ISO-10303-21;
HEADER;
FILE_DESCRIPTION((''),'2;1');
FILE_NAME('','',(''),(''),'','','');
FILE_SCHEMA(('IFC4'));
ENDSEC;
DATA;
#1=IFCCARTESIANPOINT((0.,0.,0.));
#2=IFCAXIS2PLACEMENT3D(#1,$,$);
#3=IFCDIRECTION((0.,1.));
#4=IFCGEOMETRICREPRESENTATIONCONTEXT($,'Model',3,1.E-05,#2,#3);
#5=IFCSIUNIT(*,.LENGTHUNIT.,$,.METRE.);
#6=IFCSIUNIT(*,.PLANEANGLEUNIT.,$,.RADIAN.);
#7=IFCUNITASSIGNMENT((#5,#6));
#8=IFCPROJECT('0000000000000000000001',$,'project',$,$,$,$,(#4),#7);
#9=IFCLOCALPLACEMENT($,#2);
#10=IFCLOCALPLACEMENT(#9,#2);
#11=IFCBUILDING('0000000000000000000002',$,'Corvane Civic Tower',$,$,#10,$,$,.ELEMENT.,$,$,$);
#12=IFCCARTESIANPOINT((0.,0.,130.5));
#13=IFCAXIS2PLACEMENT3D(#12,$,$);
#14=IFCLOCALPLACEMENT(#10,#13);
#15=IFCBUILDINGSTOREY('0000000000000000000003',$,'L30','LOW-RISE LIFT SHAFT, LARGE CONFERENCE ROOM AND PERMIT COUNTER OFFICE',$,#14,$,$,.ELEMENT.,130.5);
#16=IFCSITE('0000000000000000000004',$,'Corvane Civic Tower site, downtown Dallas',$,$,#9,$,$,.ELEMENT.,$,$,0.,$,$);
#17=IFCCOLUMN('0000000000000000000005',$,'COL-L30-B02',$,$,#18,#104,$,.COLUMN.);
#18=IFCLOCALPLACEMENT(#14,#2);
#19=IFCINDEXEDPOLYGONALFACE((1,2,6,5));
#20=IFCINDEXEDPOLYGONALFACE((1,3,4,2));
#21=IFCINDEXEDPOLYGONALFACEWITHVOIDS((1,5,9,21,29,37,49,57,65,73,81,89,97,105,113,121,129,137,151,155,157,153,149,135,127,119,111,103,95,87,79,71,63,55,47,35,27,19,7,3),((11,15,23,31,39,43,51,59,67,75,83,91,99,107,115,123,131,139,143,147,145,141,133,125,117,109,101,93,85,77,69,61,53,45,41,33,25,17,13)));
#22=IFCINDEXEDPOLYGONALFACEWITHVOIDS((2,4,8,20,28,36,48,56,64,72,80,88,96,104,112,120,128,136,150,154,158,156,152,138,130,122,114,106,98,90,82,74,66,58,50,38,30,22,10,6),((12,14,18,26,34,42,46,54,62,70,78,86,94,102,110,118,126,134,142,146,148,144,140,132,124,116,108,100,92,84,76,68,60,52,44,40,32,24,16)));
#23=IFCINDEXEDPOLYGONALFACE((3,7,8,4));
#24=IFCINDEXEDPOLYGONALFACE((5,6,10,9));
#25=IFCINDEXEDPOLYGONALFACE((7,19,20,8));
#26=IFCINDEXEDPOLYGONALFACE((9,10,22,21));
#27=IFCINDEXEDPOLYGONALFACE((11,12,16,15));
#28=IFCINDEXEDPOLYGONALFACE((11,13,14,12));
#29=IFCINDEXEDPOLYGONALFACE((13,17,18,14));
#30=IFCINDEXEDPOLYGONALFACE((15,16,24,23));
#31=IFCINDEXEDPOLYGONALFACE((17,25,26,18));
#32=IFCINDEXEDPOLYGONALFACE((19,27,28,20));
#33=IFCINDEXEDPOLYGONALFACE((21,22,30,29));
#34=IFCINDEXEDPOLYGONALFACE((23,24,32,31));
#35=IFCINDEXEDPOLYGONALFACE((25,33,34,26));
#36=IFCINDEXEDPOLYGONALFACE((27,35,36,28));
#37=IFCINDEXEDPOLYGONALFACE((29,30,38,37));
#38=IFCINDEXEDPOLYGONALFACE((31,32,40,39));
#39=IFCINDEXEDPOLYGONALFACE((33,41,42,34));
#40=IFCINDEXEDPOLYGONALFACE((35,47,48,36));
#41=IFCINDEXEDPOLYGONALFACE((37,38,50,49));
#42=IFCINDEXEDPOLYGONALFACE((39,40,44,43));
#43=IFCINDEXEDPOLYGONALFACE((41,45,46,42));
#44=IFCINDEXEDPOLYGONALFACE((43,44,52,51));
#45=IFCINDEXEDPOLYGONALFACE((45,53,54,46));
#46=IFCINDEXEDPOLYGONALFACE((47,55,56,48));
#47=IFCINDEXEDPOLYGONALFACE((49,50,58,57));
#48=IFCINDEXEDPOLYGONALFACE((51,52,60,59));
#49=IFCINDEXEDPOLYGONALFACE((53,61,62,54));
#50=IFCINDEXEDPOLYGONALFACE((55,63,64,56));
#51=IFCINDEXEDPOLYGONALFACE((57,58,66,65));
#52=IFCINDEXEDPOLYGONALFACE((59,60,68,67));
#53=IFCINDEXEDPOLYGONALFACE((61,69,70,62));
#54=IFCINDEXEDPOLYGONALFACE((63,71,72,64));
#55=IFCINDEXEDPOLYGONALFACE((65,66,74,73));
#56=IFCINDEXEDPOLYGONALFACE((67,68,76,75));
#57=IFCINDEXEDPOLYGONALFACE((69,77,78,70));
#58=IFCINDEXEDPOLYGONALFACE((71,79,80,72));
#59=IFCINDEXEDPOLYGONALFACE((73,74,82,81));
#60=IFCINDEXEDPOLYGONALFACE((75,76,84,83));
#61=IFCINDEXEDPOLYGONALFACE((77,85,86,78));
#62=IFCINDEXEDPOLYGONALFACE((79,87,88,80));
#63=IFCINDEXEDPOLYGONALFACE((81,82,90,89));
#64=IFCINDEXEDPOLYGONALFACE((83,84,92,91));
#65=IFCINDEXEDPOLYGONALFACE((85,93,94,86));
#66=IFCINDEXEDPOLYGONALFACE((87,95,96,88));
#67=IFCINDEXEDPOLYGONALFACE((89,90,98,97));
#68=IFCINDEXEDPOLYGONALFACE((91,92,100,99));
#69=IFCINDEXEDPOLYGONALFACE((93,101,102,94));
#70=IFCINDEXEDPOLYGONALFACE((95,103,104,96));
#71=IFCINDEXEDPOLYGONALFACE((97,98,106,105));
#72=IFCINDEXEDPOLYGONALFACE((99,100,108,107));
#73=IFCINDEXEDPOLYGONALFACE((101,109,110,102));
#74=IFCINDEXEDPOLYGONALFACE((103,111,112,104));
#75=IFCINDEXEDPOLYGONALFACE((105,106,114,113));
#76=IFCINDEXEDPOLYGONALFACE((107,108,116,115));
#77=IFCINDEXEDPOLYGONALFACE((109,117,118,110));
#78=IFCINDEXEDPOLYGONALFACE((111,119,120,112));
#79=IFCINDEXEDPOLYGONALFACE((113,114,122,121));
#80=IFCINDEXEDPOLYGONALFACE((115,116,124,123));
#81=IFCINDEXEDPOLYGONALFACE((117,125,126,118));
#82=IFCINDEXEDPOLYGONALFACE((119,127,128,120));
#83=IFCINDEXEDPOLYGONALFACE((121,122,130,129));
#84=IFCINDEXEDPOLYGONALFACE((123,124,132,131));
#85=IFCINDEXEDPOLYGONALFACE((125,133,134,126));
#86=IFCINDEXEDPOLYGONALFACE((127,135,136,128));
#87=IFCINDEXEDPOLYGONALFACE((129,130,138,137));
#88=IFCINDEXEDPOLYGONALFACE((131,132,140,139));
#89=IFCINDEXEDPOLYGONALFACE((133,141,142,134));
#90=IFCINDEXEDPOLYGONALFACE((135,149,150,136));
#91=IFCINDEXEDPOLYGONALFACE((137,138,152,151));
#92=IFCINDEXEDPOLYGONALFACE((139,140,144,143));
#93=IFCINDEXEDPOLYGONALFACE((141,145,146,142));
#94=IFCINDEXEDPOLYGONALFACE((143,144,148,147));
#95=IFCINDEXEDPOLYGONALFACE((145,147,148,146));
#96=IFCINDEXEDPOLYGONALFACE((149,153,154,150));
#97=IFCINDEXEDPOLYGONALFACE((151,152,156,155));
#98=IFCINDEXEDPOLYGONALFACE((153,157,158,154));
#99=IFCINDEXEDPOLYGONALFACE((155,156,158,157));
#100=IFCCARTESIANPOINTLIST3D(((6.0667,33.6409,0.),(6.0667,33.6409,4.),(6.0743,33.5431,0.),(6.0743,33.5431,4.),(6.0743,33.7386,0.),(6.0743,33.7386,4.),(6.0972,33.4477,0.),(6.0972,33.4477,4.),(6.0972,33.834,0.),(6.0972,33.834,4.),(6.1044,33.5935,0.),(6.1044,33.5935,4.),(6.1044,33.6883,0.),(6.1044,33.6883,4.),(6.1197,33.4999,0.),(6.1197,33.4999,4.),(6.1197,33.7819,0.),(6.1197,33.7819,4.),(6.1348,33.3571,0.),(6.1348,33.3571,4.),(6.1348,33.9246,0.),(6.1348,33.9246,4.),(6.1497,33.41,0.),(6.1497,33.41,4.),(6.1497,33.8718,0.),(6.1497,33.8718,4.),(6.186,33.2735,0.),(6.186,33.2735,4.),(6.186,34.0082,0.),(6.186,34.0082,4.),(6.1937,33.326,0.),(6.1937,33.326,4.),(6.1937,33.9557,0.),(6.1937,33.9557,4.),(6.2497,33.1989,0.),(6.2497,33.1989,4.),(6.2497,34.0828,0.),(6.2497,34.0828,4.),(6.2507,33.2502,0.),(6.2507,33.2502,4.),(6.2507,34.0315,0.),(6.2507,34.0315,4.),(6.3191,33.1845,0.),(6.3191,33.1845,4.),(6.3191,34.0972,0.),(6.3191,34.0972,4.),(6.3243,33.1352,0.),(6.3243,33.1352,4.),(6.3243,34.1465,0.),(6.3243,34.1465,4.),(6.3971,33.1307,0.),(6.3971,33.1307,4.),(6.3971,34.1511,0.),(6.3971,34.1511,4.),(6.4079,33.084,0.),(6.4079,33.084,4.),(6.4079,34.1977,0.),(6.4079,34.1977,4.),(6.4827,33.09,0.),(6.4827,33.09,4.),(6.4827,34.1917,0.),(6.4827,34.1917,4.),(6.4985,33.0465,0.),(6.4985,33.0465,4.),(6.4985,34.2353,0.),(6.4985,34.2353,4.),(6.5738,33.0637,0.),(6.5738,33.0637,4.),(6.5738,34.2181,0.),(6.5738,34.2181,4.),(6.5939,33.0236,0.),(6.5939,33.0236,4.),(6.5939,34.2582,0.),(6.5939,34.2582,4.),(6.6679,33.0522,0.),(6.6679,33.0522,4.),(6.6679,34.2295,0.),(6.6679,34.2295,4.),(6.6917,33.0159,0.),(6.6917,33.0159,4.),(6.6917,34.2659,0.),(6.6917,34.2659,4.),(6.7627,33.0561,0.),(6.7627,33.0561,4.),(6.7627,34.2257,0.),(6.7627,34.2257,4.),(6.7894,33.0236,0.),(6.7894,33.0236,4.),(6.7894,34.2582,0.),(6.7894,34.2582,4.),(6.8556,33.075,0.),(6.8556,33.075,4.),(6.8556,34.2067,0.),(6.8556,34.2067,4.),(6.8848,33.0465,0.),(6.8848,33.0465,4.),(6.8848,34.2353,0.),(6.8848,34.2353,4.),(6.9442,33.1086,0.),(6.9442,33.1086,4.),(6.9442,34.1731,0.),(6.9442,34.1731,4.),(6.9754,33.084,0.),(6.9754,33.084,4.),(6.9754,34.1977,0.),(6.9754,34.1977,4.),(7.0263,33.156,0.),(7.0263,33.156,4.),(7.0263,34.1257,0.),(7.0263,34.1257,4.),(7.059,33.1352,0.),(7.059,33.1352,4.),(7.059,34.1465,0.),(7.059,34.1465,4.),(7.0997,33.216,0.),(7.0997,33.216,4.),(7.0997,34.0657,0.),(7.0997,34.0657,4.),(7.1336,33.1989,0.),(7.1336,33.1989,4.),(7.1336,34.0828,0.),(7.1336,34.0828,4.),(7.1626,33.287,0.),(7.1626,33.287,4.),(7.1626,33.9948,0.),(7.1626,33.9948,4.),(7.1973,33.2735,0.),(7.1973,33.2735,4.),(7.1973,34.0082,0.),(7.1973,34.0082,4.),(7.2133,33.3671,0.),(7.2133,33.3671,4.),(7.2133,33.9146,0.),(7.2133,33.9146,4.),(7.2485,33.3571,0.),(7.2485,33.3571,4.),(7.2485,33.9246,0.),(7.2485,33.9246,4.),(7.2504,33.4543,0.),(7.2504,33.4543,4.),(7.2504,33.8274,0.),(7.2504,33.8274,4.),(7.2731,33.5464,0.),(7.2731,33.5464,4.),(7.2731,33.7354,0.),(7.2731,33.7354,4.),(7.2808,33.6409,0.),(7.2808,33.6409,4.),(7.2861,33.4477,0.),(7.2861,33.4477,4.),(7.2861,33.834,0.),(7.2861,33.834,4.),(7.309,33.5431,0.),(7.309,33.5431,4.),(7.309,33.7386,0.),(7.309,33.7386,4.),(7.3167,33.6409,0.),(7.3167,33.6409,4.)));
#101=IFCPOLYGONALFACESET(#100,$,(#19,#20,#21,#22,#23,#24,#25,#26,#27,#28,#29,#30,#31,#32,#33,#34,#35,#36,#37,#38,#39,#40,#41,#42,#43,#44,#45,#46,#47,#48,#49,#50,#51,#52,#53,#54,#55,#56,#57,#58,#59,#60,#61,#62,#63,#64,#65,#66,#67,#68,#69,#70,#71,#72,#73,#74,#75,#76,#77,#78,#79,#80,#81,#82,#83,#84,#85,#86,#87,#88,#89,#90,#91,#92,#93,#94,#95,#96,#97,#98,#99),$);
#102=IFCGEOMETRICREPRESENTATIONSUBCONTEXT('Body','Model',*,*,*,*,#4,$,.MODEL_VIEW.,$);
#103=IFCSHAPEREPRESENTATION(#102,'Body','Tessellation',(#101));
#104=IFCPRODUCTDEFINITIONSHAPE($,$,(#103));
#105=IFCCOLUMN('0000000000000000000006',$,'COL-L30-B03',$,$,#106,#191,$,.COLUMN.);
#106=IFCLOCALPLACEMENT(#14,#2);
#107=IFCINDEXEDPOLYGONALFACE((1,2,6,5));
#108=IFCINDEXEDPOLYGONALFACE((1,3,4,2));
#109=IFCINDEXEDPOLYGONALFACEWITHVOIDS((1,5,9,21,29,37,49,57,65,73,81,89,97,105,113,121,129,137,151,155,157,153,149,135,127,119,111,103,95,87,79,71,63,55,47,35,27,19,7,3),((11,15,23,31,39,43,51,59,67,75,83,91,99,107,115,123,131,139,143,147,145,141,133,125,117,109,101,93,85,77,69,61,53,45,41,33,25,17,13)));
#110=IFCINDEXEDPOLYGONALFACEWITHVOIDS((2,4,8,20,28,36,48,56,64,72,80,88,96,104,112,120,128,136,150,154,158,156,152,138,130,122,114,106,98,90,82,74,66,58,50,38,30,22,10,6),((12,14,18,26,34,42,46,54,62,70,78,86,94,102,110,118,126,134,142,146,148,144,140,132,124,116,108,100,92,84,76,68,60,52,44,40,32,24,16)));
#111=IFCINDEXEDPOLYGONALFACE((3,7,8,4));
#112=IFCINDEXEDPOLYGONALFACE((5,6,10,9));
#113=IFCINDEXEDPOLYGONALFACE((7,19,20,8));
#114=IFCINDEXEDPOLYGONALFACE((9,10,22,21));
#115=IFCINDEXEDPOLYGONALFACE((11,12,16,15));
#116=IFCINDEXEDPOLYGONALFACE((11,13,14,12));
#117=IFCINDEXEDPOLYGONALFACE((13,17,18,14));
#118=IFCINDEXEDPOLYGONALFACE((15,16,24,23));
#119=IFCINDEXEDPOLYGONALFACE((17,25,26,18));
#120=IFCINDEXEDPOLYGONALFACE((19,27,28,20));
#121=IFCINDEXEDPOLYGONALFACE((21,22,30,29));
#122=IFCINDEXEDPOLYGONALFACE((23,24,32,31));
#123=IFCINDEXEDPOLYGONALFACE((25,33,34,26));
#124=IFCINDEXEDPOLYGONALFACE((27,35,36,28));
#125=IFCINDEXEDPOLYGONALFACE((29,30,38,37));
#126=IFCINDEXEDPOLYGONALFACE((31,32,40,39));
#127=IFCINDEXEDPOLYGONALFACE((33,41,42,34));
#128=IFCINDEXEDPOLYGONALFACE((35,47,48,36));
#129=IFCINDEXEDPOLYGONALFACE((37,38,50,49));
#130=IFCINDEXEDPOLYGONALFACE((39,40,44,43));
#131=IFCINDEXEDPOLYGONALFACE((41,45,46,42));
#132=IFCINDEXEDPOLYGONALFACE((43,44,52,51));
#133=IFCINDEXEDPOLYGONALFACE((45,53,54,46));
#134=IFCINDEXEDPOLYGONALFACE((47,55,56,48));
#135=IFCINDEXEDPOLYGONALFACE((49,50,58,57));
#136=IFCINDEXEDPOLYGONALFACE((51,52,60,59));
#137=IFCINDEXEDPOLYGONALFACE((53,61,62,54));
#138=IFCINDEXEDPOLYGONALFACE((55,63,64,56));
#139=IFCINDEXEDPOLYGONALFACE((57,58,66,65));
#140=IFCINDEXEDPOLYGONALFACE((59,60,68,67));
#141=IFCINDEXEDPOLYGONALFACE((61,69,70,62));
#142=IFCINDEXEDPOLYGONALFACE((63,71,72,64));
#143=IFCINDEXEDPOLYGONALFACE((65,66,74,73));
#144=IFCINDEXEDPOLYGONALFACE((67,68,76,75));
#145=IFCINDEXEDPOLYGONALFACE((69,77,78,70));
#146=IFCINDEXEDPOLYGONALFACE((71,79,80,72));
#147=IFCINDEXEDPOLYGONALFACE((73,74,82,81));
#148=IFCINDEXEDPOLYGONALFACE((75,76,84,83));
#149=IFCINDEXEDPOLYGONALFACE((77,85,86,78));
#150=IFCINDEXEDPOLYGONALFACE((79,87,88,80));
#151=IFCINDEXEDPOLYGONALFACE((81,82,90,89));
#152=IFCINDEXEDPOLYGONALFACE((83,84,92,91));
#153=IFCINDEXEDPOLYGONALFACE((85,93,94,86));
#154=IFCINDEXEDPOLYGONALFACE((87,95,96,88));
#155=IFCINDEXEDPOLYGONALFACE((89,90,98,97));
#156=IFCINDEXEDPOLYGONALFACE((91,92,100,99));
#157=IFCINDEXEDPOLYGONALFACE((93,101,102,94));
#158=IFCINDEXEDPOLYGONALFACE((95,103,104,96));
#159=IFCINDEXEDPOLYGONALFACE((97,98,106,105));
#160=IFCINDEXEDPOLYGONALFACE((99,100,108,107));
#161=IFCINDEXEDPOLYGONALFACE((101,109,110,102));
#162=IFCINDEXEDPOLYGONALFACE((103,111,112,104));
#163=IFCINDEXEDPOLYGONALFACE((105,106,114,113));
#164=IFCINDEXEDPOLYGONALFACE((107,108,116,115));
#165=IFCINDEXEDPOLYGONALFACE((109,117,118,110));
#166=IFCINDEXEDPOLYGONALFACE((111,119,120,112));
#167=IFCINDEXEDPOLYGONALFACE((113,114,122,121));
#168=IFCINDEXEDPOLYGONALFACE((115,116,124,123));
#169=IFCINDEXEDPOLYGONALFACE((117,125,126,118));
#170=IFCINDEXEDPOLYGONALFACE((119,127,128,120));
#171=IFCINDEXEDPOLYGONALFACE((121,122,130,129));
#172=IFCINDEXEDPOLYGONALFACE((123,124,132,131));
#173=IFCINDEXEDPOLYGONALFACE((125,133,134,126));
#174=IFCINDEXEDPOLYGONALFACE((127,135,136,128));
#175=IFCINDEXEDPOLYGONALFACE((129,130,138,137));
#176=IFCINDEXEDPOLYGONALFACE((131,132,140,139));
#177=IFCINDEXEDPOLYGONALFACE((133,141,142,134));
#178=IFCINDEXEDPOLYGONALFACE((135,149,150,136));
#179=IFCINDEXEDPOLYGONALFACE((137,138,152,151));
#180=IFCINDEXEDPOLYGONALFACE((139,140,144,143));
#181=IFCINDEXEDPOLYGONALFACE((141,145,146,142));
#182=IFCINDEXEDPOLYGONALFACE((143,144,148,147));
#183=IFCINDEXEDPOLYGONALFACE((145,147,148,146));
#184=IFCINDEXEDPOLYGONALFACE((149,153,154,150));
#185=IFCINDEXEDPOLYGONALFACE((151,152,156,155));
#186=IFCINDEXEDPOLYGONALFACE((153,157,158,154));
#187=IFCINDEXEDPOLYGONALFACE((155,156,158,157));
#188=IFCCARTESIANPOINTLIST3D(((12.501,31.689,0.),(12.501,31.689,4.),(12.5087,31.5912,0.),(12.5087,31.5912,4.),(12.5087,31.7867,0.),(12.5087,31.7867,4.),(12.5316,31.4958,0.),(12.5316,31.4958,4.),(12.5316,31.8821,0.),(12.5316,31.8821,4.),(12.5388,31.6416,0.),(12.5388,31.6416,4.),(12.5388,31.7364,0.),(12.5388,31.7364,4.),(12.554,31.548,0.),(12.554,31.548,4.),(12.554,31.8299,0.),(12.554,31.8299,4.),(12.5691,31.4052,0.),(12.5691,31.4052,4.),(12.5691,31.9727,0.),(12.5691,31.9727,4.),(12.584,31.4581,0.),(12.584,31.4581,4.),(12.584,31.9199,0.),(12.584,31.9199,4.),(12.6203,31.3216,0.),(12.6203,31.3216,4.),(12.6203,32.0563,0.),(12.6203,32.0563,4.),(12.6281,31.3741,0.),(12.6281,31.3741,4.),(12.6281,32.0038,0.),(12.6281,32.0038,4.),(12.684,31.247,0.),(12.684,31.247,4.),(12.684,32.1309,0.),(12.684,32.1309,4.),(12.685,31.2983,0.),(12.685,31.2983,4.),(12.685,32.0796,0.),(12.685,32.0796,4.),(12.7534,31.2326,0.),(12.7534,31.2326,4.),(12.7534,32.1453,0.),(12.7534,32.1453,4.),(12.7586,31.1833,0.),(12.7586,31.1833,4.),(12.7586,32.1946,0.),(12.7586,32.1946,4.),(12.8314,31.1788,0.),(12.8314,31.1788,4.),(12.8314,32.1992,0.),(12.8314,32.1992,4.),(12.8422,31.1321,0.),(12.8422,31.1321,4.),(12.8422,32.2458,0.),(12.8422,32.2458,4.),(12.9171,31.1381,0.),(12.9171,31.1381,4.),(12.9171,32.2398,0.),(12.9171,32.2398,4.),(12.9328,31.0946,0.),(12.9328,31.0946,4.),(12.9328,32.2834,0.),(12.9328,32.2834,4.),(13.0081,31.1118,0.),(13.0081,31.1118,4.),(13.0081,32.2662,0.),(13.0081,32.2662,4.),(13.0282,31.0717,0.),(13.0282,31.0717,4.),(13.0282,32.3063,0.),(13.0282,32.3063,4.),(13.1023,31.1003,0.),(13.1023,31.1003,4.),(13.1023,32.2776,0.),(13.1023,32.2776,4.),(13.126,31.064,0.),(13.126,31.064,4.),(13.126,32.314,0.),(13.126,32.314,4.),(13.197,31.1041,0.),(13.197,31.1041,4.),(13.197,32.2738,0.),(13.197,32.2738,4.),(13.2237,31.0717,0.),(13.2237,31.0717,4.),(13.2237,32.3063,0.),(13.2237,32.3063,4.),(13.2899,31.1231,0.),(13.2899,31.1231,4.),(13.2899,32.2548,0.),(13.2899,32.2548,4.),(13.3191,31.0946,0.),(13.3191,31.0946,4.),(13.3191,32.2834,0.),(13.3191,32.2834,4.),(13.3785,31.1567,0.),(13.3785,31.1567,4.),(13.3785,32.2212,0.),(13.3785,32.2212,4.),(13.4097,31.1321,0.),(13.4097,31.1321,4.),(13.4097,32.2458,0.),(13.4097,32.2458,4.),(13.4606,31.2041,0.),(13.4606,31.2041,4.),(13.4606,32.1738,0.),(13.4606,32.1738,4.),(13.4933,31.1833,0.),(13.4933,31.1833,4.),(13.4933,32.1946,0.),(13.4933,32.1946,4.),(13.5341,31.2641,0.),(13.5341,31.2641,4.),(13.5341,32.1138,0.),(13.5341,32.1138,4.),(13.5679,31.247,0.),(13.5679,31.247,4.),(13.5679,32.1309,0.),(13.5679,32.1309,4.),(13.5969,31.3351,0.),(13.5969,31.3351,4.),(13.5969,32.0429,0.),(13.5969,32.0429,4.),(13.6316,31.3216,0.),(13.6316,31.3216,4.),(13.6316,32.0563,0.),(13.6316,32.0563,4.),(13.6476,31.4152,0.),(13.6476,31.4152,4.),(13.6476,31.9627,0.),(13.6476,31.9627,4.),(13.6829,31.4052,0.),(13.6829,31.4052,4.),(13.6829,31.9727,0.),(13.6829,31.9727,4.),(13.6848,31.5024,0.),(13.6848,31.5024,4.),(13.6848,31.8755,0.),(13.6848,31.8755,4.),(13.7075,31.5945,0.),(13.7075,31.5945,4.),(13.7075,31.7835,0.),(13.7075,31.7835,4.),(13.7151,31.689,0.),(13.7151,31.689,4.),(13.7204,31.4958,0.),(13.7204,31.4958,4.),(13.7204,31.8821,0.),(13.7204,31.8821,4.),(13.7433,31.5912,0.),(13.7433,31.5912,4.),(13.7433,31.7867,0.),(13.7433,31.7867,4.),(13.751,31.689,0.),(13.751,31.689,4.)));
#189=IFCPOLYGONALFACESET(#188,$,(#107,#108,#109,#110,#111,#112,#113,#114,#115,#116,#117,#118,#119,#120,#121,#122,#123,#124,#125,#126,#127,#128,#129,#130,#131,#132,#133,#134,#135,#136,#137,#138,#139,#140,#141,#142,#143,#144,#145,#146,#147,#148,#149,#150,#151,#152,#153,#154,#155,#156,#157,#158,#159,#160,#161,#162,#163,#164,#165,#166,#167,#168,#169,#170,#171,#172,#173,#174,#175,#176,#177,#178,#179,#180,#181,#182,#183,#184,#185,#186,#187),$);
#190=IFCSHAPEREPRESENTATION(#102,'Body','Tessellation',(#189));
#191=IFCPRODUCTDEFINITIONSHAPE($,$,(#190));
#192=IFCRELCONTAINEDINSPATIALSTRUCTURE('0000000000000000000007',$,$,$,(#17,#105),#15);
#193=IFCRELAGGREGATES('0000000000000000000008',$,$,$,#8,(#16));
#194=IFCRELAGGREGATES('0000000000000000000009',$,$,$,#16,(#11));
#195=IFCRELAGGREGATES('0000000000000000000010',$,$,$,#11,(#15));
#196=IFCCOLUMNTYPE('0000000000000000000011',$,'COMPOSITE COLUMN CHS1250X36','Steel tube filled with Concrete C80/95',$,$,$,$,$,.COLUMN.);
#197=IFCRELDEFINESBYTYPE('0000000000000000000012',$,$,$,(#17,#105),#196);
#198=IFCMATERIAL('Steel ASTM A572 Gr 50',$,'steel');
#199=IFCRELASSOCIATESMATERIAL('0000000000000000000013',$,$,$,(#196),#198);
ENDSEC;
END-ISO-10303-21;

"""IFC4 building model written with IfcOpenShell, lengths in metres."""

from ifc_helpers import new_model, si_unit, direction, frame, origin, origin_2d, place, context, subcontext, project, spatial, hollow_circle, extrude, material, material_profile, profile_set, type_object, element, save


model = new_model("IFC4")

# Units and contexts
model_context = context("Model", 3, precision=1e-05, world=origin(), true_north=direction((0.0, 1.0)))
body_context = subcontext(model_context, "Body", "Model", "MODEL_VIEW")
ifc_project = project(units=[si_unit("LENGTHUNIT", "METRE"), si_unit("PLANEANGLEUNIT", "RADIAN")], contexts=[model_context])

# Site, building, storey
site_placement = place(None, origin())
site = spatial("IfcSite", under=ifc_project, at=site_placement, Name="Corvane Civic Tower site, downtown Dallas", CompositionType="ELEMENT", RefElevation=0.0)
building_placement = place(site_placement, origin())
building = spatial("IfcBuilding", under=site, at=building_placement, Name="Corvane Civic Tower", CompositionType="ELEMENT")
storey_placement = place(building_placement, frame((0.0, 0.0, 130.5)))
storey = spatial("IfcBuildingStorey", under=building, at=storey_placement, Name="L30", Description="LOW-RISE LIFT SHAFT, LARGE CONFERENCE ROOM AND PERMIT COUNTER OFFICE", CompositionType="ELEMENT", Elevation=130.5)

# Columns
ifc_material_1 = material(Name="Steel ASTM A572 Gr 50", Category="steel")
ifc_material_profile_1 = material_profile(ifc_material_1, hollow_circle(Radius=0.625, WallThickness=0.0359, at=origin_2d()), Name="CHS1250X36")
ifc_profile_set_1 = profile_set([ifc_material_profile_1], Name="Steel ASTM A572 Gr 50")
column_type = type_object("IfcColumnType", Name="COMPOSITE COLUMN CHS1250X36", Description="Steel tube filled with Concrete C80/95", PredefinedType="COLUMN", material=ifc_profile_set_1)
for number, where, z_axis, x_axis, name in (
    (1, (6.6917, 33.6409, 0.0), (0.0, 0.0, 1.0), (1.0, 0.0, 0.0), "COL-L30-B02"),
    (2, (13.126, 31.689, 0.0), (0.0, 0.0, 1.0), (1.0, 0.0, 0.0), "COL-L30-B03"),
):
    element("IfcColumn", number, at=place(storey_placement, frame(where, z_axis=z_axis, x_axis=x_axis)), inside=storey, type_object=column_type, Name=name, PredefinedType="COLUMN", context=body_context, shape_type="SweptSolid", body=[
        extrude(hollow_circle(Radius=0.625, WallThickness=0.0359, at=origin_2d()), origin(), (0.0, 0.0, 1.0), 4.0),
    ])

save(model, "model.ifc")
